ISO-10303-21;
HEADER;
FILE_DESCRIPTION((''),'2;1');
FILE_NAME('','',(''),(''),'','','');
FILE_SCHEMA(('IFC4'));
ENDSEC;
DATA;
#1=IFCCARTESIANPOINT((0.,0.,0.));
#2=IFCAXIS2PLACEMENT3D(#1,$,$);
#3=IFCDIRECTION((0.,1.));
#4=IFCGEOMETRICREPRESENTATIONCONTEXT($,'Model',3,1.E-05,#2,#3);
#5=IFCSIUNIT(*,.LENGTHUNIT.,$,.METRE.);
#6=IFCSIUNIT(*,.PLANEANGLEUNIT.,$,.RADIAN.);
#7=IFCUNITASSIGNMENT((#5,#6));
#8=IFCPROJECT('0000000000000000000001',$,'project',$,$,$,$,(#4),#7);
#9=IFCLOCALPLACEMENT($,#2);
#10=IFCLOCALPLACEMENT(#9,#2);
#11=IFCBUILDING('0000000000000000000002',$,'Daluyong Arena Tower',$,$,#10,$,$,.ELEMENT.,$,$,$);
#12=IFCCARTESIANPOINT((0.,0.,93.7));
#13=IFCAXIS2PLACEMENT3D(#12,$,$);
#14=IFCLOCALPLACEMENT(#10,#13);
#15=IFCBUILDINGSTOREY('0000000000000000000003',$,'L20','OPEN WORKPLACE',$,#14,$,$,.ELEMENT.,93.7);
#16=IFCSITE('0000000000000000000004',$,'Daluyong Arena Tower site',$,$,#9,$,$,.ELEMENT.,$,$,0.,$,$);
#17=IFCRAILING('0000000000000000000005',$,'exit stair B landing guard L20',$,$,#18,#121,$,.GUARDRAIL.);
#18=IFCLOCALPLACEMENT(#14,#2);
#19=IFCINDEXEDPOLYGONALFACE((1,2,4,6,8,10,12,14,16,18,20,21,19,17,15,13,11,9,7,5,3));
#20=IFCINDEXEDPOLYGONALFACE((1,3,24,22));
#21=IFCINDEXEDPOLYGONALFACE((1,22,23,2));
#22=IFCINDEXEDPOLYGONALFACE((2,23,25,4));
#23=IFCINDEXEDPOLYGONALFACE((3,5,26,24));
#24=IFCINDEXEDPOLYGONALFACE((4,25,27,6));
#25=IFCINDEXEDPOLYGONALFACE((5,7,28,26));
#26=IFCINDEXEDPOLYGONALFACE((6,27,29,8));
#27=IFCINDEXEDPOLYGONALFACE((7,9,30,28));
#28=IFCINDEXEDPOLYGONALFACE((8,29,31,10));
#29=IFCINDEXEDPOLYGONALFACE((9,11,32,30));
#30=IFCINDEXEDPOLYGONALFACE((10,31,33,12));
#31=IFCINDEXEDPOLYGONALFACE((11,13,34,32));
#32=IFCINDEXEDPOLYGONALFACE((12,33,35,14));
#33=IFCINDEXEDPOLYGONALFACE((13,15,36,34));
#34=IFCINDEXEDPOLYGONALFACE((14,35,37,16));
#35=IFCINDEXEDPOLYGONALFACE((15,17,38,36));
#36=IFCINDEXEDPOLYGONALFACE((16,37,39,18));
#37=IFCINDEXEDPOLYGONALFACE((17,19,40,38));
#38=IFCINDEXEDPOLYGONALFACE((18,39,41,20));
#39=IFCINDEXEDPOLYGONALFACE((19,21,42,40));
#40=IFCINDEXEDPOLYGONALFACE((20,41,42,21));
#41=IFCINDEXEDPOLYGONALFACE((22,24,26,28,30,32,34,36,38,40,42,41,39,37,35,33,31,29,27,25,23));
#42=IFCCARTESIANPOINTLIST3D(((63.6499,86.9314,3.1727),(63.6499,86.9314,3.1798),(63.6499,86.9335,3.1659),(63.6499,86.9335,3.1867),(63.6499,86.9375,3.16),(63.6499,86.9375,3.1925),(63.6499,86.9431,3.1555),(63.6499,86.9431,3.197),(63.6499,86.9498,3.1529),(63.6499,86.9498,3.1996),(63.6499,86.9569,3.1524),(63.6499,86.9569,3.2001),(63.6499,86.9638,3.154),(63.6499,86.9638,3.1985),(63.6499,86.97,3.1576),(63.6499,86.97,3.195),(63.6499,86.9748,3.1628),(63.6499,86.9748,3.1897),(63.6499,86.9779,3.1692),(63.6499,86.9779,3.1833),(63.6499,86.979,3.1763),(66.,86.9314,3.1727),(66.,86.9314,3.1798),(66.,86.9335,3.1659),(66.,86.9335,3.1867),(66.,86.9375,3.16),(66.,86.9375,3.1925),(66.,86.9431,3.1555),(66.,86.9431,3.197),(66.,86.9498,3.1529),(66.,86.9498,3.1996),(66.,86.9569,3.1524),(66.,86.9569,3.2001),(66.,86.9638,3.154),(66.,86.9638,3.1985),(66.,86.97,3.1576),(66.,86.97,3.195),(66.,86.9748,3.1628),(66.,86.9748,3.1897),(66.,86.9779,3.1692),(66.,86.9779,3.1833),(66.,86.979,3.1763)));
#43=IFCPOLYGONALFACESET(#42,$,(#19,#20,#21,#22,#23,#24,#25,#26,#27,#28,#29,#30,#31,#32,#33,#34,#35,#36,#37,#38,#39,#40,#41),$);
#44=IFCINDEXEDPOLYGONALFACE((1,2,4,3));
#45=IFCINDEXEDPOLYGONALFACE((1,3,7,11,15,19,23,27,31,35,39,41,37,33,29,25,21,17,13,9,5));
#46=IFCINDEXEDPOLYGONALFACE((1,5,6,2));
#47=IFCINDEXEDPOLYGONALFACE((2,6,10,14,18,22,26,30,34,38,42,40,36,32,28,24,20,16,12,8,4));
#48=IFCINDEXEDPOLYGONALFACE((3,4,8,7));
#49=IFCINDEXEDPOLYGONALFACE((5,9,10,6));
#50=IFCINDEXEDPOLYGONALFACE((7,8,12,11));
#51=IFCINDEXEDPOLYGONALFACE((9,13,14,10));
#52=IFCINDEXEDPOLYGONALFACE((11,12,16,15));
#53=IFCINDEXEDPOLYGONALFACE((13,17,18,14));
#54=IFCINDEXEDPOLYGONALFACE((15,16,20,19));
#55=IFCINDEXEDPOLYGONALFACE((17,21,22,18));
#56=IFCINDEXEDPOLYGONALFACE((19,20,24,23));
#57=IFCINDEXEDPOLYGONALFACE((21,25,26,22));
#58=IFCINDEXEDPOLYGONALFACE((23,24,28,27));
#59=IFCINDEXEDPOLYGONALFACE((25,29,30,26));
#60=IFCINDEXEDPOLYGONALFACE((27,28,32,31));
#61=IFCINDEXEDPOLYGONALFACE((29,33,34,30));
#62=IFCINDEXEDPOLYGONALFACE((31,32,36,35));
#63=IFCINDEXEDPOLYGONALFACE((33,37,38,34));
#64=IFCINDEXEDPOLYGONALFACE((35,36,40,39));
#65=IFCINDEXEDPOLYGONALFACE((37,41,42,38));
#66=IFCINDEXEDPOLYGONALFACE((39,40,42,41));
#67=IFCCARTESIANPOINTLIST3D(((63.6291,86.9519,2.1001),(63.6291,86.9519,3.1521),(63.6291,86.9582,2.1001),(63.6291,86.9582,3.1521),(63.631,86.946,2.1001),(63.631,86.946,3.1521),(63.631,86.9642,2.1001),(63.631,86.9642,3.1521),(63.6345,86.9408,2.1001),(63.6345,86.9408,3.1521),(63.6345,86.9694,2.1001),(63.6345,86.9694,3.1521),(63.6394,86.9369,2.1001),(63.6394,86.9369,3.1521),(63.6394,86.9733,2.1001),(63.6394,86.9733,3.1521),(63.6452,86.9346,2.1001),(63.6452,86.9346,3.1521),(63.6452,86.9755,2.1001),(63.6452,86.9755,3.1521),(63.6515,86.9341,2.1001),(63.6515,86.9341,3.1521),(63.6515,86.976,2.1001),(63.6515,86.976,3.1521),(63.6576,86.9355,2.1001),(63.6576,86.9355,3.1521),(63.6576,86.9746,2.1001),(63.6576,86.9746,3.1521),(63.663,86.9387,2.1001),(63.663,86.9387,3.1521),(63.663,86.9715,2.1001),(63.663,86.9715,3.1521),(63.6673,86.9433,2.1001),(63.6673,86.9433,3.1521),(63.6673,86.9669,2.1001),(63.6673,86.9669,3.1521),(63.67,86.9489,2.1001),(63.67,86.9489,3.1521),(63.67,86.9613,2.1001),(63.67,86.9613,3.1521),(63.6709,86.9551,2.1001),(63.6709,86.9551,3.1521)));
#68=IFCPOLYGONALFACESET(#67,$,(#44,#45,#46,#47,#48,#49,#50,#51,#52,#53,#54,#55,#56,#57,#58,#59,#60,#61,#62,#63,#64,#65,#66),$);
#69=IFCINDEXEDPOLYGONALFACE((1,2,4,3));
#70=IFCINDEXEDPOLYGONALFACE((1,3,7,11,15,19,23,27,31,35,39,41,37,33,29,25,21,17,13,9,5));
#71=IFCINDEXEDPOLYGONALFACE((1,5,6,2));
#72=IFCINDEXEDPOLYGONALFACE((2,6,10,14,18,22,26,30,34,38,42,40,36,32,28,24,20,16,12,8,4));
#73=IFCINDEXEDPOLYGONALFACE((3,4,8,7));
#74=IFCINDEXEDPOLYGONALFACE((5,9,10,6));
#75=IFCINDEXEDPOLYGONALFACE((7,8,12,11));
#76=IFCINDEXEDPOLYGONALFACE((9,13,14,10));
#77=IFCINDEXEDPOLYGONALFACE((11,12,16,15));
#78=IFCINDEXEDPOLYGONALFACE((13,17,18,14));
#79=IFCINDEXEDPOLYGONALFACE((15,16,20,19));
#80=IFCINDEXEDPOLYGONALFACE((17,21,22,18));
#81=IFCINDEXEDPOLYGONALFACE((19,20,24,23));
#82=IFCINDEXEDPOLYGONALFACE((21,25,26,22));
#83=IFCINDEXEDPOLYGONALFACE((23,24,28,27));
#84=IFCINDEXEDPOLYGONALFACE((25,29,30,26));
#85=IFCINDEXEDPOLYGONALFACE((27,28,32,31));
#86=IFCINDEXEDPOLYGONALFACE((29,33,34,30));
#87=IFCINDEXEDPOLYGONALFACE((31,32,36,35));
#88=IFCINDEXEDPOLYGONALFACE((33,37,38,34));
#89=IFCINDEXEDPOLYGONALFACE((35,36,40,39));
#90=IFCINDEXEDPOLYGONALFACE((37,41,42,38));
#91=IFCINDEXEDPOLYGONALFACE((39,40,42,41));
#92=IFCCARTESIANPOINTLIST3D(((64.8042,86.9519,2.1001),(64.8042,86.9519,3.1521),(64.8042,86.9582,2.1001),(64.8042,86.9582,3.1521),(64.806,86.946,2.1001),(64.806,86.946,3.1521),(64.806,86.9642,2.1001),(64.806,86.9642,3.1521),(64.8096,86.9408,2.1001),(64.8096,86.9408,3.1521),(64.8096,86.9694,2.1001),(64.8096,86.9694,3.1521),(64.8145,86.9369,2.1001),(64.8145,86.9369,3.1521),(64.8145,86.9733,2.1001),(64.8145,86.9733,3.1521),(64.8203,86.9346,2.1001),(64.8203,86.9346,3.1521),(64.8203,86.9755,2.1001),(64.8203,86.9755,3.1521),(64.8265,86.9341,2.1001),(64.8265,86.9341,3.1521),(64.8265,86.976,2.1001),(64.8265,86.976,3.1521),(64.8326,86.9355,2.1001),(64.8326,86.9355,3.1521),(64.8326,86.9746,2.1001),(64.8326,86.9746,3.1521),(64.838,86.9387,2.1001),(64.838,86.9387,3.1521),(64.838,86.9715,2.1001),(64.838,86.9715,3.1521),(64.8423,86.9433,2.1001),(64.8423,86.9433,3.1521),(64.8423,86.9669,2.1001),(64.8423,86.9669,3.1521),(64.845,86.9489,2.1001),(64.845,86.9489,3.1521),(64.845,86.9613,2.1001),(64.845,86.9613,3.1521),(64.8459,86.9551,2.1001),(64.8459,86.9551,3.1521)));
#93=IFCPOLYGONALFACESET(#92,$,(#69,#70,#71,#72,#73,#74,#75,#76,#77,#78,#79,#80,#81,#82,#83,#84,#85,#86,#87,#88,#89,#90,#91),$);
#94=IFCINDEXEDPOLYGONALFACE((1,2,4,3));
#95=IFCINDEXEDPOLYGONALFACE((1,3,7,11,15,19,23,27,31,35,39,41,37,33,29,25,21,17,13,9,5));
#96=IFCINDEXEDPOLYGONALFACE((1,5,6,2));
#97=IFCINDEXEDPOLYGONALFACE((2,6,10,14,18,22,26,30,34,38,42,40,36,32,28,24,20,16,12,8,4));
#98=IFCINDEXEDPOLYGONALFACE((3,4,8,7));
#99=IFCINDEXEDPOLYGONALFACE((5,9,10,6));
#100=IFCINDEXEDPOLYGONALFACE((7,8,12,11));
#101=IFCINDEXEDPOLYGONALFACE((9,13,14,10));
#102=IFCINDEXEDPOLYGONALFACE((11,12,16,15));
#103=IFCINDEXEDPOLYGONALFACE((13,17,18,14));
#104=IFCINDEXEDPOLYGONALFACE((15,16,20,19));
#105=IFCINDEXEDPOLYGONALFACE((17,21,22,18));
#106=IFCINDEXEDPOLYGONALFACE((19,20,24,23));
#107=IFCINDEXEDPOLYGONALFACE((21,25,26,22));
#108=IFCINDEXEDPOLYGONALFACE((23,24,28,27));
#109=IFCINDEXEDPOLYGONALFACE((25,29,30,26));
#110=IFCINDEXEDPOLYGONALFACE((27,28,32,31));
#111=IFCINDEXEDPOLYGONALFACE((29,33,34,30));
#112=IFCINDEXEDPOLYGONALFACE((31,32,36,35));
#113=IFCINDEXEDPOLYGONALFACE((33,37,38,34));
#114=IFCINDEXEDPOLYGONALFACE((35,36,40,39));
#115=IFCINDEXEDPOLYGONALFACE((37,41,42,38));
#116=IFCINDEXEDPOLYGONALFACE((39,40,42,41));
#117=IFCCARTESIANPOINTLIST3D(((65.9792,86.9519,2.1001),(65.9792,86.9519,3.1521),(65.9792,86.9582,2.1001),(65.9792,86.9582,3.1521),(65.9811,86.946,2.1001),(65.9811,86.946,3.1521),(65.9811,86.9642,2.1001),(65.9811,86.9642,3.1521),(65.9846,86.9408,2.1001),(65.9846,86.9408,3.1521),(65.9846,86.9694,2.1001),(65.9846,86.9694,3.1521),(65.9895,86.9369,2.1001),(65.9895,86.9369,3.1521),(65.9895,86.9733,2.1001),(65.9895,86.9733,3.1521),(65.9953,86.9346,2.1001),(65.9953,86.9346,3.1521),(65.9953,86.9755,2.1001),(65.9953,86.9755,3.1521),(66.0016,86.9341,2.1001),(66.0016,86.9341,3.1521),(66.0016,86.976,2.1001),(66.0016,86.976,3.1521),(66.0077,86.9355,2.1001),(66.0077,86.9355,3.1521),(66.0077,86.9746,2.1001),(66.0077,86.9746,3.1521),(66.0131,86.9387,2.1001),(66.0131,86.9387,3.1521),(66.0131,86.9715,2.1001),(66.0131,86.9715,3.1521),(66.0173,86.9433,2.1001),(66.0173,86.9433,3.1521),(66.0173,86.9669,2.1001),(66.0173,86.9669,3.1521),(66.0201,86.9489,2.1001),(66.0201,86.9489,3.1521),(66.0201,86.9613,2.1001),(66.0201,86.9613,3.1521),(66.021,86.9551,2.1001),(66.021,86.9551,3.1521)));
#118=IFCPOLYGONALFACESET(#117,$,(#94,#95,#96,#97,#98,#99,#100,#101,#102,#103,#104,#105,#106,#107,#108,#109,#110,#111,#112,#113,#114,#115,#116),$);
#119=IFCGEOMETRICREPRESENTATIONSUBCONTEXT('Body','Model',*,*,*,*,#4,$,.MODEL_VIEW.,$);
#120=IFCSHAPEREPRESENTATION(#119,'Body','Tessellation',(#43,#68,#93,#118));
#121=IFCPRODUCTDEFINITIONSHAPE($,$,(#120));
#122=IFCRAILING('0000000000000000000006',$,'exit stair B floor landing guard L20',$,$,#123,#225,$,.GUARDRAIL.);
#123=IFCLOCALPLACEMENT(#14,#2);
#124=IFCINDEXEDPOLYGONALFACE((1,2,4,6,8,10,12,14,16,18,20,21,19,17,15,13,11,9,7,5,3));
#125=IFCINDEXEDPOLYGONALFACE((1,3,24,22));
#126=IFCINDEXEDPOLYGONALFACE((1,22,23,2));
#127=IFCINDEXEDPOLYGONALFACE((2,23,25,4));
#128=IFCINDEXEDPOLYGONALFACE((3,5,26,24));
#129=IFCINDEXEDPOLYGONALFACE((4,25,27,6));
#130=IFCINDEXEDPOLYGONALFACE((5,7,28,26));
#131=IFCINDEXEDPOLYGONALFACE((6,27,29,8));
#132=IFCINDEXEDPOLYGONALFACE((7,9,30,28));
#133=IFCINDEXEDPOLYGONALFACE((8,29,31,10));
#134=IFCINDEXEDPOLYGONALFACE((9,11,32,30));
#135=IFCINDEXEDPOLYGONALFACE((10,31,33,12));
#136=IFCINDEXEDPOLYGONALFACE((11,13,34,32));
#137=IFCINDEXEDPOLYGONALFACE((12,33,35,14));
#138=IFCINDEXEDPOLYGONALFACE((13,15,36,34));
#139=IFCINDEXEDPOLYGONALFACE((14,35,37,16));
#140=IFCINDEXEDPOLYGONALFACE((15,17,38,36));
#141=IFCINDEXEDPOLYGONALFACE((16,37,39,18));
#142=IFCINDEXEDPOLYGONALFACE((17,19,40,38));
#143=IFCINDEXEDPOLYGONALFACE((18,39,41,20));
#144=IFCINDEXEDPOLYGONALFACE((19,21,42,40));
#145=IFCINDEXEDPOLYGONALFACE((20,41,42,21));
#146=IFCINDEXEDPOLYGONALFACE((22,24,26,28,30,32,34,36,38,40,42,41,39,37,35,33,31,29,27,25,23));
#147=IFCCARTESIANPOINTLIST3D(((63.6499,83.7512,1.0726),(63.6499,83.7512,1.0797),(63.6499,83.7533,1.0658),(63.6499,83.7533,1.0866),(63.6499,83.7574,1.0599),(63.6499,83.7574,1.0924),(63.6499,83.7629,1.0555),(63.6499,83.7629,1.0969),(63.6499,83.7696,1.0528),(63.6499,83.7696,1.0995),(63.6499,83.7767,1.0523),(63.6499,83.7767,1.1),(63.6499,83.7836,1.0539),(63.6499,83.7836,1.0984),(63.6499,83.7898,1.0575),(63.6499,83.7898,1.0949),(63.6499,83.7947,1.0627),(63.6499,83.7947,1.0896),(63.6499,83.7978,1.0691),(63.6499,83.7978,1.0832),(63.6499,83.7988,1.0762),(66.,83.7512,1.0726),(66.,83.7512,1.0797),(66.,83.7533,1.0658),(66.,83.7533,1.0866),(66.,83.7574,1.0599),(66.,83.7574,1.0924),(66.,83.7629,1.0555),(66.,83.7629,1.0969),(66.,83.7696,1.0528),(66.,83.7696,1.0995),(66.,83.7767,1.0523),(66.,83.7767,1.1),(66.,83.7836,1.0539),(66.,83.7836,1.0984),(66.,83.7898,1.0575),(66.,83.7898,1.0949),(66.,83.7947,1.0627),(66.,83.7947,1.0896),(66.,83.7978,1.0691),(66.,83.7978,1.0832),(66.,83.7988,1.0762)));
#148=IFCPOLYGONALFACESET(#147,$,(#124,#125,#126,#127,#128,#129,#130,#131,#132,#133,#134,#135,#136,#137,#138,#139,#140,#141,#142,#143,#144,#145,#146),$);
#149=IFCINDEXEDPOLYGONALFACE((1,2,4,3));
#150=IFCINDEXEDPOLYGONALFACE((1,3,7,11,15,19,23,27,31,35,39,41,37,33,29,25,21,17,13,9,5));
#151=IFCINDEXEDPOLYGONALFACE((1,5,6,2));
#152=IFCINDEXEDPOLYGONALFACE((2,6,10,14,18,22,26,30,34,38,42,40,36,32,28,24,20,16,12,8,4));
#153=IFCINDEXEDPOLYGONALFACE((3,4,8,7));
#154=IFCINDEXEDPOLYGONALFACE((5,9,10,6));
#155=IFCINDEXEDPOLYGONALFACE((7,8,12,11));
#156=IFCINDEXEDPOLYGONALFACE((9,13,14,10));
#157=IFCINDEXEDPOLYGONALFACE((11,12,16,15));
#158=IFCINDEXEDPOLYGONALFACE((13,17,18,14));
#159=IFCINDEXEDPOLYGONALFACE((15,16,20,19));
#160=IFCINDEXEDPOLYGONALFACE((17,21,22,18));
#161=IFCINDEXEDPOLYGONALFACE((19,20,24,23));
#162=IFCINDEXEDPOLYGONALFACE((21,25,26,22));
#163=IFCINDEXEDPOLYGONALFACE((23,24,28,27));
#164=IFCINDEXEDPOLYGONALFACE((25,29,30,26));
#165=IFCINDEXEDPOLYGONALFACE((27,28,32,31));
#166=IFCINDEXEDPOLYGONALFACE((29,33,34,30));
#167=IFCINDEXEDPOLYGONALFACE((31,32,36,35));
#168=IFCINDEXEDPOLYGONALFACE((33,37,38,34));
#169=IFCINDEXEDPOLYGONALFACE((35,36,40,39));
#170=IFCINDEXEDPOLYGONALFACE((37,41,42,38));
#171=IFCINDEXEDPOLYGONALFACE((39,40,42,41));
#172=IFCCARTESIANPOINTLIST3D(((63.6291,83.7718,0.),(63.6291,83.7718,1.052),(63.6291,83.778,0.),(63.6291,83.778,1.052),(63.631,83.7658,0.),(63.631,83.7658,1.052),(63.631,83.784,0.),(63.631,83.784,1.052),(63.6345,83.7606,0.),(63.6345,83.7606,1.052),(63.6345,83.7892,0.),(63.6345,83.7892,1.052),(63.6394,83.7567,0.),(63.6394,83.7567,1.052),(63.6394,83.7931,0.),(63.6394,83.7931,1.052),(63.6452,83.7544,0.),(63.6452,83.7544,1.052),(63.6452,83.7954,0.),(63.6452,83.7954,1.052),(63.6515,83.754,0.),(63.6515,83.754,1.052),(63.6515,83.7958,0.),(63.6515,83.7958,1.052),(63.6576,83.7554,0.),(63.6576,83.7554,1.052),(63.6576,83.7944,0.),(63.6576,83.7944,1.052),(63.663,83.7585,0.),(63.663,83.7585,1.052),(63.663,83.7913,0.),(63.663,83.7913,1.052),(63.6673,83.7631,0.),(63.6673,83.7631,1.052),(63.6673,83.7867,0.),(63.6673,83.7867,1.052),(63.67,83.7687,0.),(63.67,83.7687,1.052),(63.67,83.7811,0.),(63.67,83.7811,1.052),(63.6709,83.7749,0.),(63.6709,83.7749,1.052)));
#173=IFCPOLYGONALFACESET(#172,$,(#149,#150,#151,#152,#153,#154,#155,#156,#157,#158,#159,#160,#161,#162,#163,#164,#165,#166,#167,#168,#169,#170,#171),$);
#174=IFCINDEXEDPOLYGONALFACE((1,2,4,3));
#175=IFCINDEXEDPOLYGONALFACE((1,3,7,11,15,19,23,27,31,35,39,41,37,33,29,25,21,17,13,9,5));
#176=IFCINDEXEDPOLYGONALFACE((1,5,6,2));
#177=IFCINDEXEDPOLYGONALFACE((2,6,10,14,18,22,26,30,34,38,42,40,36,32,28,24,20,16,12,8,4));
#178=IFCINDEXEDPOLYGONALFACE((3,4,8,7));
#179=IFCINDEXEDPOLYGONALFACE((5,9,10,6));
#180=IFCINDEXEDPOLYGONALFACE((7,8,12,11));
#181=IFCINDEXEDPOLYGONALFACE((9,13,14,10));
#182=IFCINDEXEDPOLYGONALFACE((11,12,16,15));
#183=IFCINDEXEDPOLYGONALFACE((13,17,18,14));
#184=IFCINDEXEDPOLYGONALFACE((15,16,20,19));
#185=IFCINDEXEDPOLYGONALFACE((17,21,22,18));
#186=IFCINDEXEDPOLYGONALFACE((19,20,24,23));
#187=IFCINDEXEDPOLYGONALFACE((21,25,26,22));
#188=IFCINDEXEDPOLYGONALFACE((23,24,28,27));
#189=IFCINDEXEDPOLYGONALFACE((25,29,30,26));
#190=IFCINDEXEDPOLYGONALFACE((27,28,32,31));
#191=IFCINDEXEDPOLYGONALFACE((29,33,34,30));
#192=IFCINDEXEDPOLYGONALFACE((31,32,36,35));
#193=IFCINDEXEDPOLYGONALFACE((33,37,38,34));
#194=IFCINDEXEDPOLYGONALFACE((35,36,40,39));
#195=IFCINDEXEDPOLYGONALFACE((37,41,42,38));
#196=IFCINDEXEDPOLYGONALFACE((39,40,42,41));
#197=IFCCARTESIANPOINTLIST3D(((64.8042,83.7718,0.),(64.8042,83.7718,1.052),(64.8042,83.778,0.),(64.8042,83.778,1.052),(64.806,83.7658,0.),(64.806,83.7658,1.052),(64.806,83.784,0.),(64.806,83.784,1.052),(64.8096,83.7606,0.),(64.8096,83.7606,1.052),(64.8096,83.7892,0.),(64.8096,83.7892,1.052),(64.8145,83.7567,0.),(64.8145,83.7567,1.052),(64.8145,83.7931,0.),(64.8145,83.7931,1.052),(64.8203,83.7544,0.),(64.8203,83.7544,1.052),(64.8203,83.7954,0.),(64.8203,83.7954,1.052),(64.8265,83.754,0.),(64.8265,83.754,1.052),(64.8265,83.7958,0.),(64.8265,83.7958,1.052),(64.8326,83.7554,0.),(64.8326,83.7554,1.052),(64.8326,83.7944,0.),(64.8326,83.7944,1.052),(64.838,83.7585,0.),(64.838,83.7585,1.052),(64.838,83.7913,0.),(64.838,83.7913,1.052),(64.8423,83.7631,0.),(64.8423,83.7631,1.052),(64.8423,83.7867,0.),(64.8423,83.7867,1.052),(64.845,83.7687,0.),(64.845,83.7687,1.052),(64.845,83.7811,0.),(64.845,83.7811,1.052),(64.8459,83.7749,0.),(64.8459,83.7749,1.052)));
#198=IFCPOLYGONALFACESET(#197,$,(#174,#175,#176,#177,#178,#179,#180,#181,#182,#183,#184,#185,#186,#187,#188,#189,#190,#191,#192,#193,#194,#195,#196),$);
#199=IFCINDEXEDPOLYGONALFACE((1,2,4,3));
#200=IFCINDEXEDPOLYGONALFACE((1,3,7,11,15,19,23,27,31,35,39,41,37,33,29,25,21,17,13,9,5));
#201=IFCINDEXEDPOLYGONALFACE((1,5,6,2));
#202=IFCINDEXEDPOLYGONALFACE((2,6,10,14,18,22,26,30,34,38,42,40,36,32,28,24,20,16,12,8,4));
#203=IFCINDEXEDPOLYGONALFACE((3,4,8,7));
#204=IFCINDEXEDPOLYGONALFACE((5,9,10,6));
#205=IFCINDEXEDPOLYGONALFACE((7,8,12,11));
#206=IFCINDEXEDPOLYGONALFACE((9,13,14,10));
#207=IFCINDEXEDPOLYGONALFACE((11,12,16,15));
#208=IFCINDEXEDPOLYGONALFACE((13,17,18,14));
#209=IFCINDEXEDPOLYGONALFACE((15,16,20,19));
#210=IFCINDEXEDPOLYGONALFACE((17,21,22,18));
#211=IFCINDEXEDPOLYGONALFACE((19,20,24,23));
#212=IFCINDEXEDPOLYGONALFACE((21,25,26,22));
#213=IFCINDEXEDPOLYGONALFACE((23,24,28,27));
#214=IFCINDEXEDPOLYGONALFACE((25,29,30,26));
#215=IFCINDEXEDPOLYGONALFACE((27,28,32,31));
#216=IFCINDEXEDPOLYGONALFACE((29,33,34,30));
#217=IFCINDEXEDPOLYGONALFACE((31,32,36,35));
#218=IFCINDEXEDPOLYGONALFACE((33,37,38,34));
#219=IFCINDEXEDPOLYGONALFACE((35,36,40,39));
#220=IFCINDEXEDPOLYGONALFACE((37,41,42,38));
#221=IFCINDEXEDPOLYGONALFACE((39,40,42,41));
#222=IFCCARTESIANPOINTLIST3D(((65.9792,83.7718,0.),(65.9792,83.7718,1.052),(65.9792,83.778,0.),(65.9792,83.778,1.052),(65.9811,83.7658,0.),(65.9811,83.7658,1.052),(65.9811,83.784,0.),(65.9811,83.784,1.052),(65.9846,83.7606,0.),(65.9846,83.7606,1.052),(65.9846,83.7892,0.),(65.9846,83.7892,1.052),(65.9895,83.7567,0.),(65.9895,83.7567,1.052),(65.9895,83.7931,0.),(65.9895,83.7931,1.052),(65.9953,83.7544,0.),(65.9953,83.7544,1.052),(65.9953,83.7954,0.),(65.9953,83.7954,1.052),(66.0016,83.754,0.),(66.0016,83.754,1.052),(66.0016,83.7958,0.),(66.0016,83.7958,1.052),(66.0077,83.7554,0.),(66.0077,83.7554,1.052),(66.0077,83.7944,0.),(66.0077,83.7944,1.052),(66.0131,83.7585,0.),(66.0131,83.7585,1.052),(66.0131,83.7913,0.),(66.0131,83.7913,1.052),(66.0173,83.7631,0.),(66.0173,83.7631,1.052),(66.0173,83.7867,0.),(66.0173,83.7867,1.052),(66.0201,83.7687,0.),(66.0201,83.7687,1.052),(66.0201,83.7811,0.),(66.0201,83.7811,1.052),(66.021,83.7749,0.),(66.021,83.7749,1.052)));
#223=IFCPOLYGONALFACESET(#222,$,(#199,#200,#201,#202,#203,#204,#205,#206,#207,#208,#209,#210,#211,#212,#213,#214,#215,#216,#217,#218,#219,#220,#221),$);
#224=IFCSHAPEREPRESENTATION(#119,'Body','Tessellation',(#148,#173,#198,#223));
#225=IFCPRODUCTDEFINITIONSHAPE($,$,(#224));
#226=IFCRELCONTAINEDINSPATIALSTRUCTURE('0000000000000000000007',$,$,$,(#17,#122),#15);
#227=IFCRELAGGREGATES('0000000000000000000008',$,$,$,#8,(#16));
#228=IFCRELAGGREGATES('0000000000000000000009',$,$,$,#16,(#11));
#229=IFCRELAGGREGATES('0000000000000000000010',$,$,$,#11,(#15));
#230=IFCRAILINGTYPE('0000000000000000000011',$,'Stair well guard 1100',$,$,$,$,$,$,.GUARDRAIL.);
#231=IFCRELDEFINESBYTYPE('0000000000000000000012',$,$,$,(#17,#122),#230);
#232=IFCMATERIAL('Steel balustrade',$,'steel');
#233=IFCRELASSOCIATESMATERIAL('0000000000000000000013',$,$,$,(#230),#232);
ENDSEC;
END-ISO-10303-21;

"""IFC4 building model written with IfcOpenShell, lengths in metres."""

from ifc_helpers import new_model, si_unit, direction, frame, origin, origin_2d, place, context, subcontext, project, spatial, circle, extrude, material, type_object, element, save


model = new_model("IFC4")

# Units and contexts
model_context = context("Model", 3, precision=1e-05, world=origin(), true_north=direction((0.0, 1.0)))
body_context = subcontext(model_context, "Body", "Model", "MODEL_VIEW")
ifc_project = project(units=[si_unit("LENGTHUNIT", "METRE"), si_unit("PLANEANGLEUNIT", "RADIAN")], contexts=[model_context])

# Site, building, storey
site_placement = place(None, origin())
site = spatial("IfcSite", under=ifc_project, at=site_placement, Name="Daluyong Arena Tower site", CompositionType="ELEMENT", RefElevation=0.0)
building_placement = place(site_placement, origin())
building = spatial("IfcBuilding", under=site, at=building_placement, Name="Daluyong Arena Tower", CompositionType="ELEMENT")
storey_placement = place(building_placement, frame((0.0, 0.0, 93.7)))
storey = spatial("IfcBuildingStorey", under=building, at=storey_placement, Name="L20", Description="OPEN WORKPLACE", CompositionType="ELEMENT", Elevation=93.7)

# Railings
ifc_material_1 = material(Name="Steel balustrade", Category="steel")
railing_type_1 = type_object("IfcRailingType", Name="Stair well guard 1100", PredefinedType="GUARDRAIL", material=ifc_material_1)
for number, where, name in (
    (1, (63.6499, 86.9551, 2.1001), "exit stair B landing guard L20"),
    (2, (63.6499, 83.7749, 0.0), "exit stair B floor landing guard L20"),
):
    element("IfcRailing", number, at=place(storey_placement, frame(where)), inside=storey, type_object=railing_type_1, Name=name, PredefinedType="GUARDRAIL", context=body_context, shape_type="SweptSolid", body=[
        extrude(circle(Radius=0.0239, at=origin_2d()), frame((0.0, 0.0, 1.0762), z_axis=(1.0, 0.0, 0.0), x_axis=(0.0, 1.0, 0.0)), (0.0, 0.0, 1.0), 2.3501),
        extrude(circle(Radius=0.021, at=origin_2d()), origin(), (0.0, 0.0, 1.0), 1.052),
        extrude(circle(Radius=0.021, at=origin_2d()), frame((1.175, 0.0, 0.0)), (0.0, 0.0, 1.0), 1.052),
        extrude(circle(Radius=0.021, at=origin_2d()), frame((2.3501, 0.0, 0.0)), (0.0, 0.0, 1.0), 1.052),
    ])

save(model, "model.ifc")
